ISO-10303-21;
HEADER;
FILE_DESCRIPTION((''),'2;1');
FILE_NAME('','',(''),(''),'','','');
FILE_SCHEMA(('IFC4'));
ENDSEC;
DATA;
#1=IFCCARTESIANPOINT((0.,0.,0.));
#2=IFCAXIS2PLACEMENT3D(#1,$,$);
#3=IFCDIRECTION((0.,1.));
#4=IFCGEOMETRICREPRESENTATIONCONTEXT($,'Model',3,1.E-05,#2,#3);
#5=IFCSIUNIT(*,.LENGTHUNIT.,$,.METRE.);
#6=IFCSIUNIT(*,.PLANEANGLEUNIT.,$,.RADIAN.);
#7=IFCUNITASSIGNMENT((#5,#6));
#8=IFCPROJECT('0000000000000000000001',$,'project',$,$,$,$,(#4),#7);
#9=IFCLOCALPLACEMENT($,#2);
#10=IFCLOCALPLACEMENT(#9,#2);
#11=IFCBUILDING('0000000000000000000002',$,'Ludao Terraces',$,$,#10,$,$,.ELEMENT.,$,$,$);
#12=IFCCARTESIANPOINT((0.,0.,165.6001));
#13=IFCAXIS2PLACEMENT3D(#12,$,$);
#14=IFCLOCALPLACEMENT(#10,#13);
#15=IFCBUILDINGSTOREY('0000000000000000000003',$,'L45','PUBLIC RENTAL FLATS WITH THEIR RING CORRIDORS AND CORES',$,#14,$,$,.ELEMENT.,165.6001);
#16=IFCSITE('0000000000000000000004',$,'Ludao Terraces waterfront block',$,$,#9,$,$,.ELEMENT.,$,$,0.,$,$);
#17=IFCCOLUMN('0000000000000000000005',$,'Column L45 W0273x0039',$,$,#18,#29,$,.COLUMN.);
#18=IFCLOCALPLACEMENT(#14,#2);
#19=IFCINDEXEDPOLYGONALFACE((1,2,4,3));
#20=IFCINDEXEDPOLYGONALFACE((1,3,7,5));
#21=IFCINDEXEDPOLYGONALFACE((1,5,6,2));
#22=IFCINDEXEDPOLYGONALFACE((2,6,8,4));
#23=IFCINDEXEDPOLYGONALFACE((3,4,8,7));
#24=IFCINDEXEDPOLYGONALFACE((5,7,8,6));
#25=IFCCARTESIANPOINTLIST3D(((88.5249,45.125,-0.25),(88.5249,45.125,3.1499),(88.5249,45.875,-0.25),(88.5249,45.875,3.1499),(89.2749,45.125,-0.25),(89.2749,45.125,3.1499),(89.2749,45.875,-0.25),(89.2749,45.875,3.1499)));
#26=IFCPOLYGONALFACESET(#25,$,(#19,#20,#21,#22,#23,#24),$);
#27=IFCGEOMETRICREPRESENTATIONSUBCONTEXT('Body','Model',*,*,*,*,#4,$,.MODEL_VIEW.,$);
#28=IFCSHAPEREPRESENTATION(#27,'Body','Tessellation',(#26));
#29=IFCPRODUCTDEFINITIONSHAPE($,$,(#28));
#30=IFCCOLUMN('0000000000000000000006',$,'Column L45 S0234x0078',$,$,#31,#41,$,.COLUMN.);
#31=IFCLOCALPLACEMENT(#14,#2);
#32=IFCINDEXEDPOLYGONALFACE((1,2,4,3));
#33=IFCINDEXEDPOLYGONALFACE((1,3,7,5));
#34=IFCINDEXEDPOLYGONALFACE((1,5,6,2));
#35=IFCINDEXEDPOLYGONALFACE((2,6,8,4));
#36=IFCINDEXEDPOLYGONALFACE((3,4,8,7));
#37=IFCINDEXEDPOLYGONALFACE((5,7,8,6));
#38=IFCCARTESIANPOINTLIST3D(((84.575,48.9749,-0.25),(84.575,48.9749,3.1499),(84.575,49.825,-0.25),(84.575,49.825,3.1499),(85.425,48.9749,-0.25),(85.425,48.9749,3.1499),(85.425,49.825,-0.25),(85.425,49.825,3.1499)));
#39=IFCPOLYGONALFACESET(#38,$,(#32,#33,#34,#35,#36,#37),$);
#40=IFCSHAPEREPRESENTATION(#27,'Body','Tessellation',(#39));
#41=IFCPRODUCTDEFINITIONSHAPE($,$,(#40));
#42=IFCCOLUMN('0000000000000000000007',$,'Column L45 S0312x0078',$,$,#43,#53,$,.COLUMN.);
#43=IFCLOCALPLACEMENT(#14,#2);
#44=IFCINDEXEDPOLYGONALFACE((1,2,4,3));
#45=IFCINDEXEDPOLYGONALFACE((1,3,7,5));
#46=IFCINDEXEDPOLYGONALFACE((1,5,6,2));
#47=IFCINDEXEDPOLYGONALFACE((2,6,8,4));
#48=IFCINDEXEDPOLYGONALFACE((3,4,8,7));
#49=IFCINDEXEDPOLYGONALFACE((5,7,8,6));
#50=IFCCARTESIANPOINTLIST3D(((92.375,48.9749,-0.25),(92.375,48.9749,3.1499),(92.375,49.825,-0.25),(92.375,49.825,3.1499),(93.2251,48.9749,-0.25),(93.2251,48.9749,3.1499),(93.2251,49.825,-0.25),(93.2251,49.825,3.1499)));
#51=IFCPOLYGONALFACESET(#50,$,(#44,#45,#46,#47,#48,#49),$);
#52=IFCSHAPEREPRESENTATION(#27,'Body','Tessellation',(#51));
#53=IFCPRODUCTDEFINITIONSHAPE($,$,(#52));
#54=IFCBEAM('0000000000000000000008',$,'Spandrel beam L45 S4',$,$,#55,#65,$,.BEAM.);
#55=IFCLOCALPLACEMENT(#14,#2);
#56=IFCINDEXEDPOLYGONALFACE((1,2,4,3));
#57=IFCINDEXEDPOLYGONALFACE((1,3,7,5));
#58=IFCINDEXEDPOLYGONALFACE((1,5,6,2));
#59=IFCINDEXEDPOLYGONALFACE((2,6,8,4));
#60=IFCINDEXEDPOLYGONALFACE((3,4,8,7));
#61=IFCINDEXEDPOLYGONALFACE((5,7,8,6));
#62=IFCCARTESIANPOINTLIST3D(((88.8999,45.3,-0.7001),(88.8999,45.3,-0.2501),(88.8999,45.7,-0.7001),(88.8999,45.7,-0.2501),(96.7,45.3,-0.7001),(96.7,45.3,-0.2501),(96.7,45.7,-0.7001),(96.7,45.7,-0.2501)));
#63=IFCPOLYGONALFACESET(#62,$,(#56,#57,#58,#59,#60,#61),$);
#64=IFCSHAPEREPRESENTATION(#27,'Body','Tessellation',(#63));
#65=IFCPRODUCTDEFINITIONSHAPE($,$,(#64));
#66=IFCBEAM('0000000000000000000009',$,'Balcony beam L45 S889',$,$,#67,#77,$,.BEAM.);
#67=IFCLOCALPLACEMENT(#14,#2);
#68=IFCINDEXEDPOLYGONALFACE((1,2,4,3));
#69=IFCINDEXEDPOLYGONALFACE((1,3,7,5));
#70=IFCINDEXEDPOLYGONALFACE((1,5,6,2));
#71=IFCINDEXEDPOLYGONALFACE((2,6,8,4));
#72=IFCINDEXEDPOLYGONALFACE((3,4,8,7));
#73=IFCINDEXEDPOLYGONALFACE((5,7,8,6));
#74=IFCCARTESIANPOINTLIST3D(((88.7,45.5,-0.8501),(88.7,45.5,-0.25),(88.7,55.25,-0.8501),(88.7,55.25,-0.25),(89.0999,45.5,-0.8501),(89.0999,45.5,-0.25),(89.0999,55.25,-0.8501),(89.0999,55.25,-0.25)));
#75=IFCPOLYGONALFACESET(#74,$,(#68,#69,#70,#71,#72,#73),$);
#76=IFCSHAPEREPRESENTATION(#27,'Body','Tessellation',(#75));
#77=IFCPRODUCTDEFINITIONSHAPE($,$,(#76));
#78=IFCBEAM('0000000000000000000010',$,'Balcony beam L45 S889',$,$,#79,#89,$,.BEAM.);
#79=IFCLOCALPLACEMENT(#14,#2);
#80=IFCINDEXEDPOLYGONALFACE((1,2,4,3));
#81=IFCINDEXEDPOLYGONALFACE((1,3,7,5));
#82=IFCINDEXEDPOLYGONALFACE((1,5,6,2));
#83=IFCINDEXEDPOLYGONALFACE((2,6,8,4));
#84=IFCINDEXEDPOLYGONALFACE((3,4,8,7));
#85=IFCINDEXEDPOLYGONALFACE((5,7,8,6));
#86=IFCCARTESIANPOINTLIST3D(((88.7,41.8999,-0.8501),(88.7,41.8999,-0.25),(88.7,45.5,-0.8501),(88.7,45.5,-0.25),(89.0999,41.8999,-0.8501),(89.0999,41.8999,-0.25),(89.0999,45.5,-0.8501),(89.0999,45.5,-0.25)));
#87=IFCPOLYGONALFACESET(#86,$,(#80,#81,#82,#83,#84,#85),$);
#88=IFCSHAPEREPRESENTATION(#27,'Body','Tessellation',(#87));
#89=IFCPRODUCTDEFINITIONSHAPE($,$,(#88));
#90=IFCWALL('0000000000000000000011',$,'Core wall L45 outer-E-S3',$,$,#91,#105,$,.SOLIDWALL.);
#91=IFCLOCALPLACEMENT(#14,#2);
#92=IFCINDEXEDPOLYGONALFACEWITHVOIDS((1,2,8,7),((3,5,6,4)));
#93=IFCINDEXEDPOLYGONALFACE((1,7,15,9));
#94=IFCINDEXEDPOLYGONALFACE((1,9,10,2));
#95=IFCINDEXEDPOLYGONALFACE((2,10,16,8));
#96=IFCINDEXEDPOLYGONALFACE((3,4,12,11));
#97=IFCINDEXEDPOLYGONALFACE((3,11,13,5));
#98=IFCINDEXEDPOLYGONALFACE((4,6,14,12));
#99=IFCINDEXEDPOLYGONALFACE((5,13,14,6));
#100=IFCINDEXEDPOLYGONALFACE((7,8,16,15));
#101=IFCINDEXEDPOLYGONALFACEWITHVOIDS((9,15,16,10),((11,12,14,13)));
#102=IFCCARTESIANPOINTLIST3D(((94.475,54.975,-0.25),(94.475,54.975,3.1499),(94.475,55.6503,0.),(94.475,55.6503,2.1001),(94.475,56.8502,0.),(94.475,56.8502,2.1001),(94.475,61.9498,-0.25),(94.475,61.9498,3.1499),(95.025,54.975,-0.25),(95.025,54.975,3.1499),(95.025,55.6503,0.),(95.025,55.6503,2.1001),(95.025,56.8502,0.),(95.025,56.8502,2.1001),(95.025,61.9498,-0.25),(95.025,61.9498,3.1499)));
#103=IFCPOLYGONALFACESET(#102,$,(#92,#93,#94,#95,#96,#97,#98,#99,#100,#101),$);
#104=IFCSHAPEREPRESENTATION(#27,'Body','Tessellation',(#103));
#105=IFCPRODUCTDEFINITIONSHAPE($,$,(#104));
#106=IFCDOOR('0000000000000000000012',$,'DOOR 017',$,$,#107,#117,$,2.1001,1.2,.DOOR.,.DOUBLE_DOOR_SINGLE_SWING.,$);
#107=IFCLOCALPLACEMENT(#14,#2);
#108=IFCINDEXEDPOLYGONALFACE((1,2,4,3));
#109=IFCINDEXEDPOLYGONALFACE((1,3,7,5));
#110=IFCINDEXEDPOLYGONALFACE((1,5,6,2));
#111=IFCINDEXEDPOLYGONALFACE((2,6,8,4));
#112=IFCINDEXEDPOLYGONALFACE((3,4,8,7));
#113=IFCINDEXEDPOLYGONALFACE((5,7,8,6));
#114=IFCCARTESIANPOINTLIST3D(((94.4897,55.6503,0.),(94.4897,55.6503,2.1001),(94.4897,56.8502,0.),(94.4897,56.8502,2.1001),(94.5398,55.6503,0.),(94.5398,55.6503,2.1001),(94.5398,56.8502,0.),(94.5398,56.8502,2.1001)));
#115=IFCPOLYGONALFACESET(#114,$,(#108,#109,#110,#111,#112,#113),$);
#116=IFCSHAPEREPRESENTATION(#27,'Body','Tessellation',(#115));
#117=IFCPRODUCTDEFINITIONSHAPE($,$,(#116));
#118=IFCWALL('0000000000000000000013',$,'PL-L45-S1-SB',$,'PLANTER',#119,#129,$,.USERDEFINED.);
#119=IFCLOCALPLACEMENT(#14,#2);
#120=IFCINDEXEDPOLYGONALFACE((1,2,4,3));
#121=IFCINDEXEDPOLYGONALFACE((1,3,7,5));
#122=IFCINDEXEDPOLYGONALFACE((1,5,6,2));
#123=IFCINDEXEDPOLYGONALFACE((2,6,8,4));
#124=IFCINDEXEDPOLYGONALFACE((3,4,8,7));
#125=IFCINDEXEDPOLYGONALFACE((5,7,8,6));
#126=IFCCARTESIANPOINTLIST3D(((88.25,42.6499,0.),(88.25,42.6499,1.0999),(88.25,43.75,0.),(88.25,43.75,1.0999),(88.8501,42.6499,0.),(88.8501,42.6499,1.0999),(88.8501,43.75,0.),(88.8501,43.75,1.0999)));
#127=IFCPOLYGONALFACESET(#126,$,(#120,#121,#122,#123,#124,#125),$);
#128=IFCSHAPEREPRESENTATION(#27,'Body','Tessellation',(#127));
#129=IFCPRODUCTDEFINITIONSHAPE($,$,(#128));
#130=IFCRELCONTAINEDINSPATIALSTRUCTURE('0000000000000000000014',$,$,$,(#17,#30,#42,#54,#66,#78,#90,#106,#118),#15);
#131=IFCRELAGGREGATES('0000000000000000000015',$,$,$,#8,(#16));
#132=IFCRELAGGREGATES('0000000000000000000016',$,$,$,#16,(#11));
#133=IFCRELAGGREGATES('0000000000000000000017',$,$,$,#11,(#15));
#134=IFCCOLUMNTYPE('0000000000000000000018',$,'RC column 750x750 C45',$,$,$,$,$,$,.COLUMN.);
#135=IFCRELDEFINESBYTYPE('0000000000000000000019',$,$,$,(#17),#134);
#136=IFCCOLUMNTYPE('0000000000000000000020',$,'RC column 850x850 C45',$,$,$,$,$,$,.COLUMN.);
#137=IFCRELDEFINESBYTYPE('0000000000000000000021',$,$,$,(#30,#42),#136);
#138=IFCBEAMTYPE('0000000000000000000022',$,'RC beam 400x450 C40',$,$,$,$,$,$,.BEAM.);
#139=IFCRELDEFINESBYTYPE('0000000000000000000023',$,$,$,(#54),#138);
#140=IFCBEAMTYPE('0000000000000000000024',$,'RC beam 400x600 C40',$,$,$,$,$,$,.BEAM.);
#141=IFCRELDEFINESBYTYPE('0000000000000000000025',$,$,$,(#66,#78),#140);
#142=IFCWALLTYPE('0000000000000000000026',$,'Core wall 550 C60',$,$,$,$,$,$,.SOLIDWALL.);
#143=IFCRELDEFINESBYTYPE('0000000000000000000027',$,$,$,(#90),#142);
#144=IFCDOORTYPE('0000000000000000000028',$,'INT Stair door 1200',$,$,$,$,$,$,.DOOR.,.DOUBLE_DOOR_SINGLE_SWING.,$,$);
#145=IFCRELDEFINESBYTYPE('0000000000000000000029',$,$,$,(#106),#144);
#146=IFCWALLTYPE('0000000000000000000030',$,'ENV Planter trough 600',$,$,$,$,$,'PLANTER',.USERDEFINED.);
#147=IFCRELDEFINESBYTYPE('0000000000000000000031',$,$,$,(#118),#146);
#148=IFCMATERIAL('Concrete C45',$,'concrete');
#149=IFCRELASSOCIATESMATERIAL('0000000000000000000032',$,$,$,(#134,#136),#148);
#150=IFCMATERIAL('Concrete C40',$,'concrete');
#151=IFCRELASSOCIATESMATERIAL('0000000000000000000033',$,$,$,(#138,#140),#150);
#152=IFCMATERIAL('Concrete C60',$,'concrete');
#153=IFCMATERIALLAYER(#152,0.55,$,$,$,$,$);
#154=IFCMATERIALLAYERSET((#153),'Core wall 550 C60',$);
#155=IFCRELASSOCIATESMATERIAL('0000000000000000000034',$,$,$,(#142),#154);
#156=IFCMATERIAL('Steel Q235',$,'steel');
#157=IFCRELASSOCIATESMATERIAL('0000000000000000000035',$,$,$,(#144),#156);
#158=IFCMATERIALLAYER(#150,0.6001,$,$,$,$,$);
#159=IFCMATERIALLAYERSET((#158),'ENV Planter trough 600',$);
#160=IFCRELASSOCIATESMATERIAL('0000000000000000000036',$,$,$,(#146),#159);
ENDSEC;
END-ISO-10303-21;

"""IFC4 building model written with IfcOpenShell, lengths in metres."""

from ifc_helpers import new_model, si_unit, direction, frame, frame_2d, origin, origin_2d, place, context, subcontext, project, spatial, rectangle, extrude, material, layer, layer_set, material_profile, profile_set, type_object, element, fill, save


model = new_model("IFC4")

# Units and contexts
model_context = context("Model", 3, precision=1e-05, world=origin(), true_north=direction((0.0, 1.0)))
body_context = subcontext(model_context, "Body", "Model", "MODEL_VIEW")
ifc_project = project(units=[si_unit("LENGTHUNIT", "METRE"), si_unit("PLANEANGLEUNIT", "RADIAN")], contexts=[model_context])

# Site, building, storey
site_placement = place(None, origin())
site = spatial("IfcSite", under=ifc_project, at=site_placement, Name="Ludao Terraces waterfront block", CompositionType="ELEMENT", RefElevation=0.0)
building_placement = place(site_placement, origin())
building = spatial("IfcBuilding", under=site, at=building_placement, Name="Ludao Terraces", CompositionType="ELEMENT")
storey_placement = place(building_placement, frame((0.0, 0.0, 165.6001)))
storey = spatial("IfcBuildingStorey", under=building, at=storey_placement, Name="L45", Description="PUBLIC RENTAL FLATS WITH THEIR RING CORRIDORS AND CORES", CompositionType="ELEMENT", Elevation=165.6001)

# Columns
ifc_material_1 = material(Name="Concrete C45", Category="concrete")
ifc_material_profile_1 = material_profile(ifc_material_1, rectangle(XDim=0.75, YDim=0.75, at=origin_2d()), Name="750 X 750")
ifc_profile_set_1 = profile_set([ifc_material_profile_1], Name="Concrete C45")
column_type_1 = type_object("IfcColumnType", Name="RC column 750x750 C45", PredefinedType="COLUMN", material=ifc_profile_set_1)
column_placement = place(storey_placement, frame((88.8999, 45.5, -0.25), z_axis=(0.0, 0.0, 1.0), x_axis=(1.0, 0.0, 0.0)))
element("IfcColumn", 1, at=column_placement, inside=storey, type_object=column_type_1, Name="Column L45 W0273x0039", PredefinedType="COLUMN", context=body_context, shape_type="SweptSolid", body=[
    extrude(rectangle(XDim=0.75, YDim=0.75, at=origin_2d()), origin(), (0.0, 0.0, 1.0), 3.3999),
])
ifc_material_profile_2 = material_profile(ifc_material_1, rectangle(XDim=0.8501, YDim=0.8501, at=origin_2d()), Name="850 X 850")
ifc_profile_set_2 = profile_set([ifc_material_profile_2], Name="Concrete C45")
column_type_2 = type_object("IfcColumnType", Name="RC column 850x850 C45", PredefinedType="COLUMN", material=ifc_profile_set_2)
for number, where, z_axis, x_axis, name in (
    (2, (85.0, 49.3999, -0.25), (0.0, 0.0, 1.0), (1.0, 0.0, 0.0), "Column L45 S0234x0078"),
    (3, (92.8, 49.3999, -0.25), (0.0, 0.0, 1.0), (1.0, 0.0, 0.0), "Column L45 S0312x0078"),
):
    element("IfcColumn", number, at=place(storey_placement, frame(where, z_axis=z_axis, x_axis=x_axis)), inside=storey, type_object=column_type_2, Name=name, PredefinedType="COLUMN", context=body_context, shape_type="SweptSolid", body=[
        extrude(rectangle(XDim=0.8501, YDim=0.8501, at=origin_2d()), origin(), (0.0, 0.0, 1.0), 3.3999),
    ])

# Beams
ifc_material_2 = material(Name="Concrete C40", Category="concrete")
ifc_material_profile_3 = material_profile(ifc_material_2, rectangle(XDim=0.3999, YDim=0.45, at=origin_2d()), Name="400 X 450")
ifc_profile_set_3 = profile_set([ifc_material_profile_3], Name="Concrete C40")
beam_type_1 = type_object("IfcBeamType", Name="RC beam 400x450 C40", PredefinedType="BEAM", material=ifc_profile_set_3)
beam_1_placement = place(storey_placement, frame((88.8999, 45.5, -0.4751), z_axis=(1.0, 0.0, 0.0), x_axis=(0.0, 1.0, 0.0)))
element("IfcBeam", 4, at=beam_1_placement, inside=storey, type_object=beam_type_1, Name="Spandrel beam L45 S4", PredefinedType="BEAM", context=body_context, shape_type="SweptSolid", body=[
    extrude(rectangle(XDim=0.3999, YDim=0.45, at=origin_2d()), origin(), (0.0, 0.0, 1.0), 7.8),
])
ifc_material_profile_4 = material_profile(ifc_material_2, rectangle(XDim=0.3999, YDim=0.6001, at=origin_2d()), Name="400 X 600")
ifc_profile_set_4 = profile_set([ifc_material_profile_4], Name="Concrete C40")
beam_type_2 = type_object("IfcBeamType", Name="RC beam 400x600 C40", PredefinedType="BEAM", material=ifc_profile_set_4)
beam_2_placement = place(storey_placement, frame((88.8999, 55.25, -0.55), z_axis=(0.0, -1.0, 0.0), x_axis=(1.0, 0.0, 0.0)))
element("IfcBeam", 5, at=beam_2_placement, inside=storey, type_object=beam_type_2, Name="Balcony beam L45 S889", PredefinedType="BEAM", context=body_context, shape_type="SweptSolid", body=[
    extrude(rectangle(XDim=0.3999, YDim=0.6001, at=origin_2d()), origin(), (0.0, 0.0, 1.0), 9.75),
])
beam_3_placement = place(storey_placement, frame((88.8999, 45.5, -0.55), z_axis=(0.0, -1.0, 0.0), x_axis=(1.0, 0.0, 0.0)))
element("IfcBeam", 6, at=beam_3_placement, inside=storey, type_object=beam_type_2, Name="Balcony beam L45 S889", PredefinedType="BEAM", context=body_context, shape_type="SweptSolid", body=[
    extrude(rectangle(XDim=0.3999, YDim=0.6001, at=origin_2d()), origin(), (0.0, 0.0, 1.0), 3.6001),
])

# Wall, opening, door
ifc_material_3 = material(Name="Concrete C60", Category="concrete")
ifc_layer_1 = layer(ifc_material_3, 0.55)
ifc_layer_set_1 = layer_set([ifc_layer_1], Name="Core wall 550 C60")
wall_type_1 = type_object("IfcWallType", Name="Core wall 550 C60", PredefinedType="SOLIDWALL", material=ifc_layer_set_1)
wall_1_placement = place(storey_placement, frame((94.75, 54.9751, -0.25), z_axis=(0.0, 0.0, 1.0), x_axis=(0.0, 1.0, 0.0)))
wall_1 = element("IfcWall", 7, at=wall_1_placement, inside=storey, type_object=wall_type_1, Name="Core wall L45 outer-E-S3", PredefinedType="SOLIDWALL", context=body_context, shape_type="SweptSolid", body=[
    extrude(rectangle(XDim=6.9749, YDim=0.55, at=frame_2d((3.4873, 0.0))), origin(), (0.0, 0.0, 1.0), 3.3999),
])
opening_1_placement = place(wall_1_placement, frame((0.675, 0.0, 0.25)))
opening_1 = element("IfcOpeningElement", 8, at=opening_1_placement, cuts=wall_1, PredefinedType="OPENING", context=body_context, shape_type="SweptSolid", body=[
    extrude(rectangle(XDim=1.2, YDim=2.1001, at=frame_2d((0.6001, 1.05))), frame((0.0, 0.2852, 0.0), z_axis=(0.0, -1.0, 0.0), x_axis=(1.0, 0.0, 0.0)), (0.0, 0.0, 1.0), 0.5701),
])
ifc_material_4 = material(Name="Steel Q235", Category="steel")
door_type_1 = type_object("IfcDoorType", Name="INT Stair door 1200", OperationType="DOUBLE_DOOR_SINGLE_SWING", PredefinedType="DOOR", material=ifc_material_4)
door_1_placement = place(opening_1_placement, origin())
door_1 = element("IfcDoor", 9, at=door_1_placement, inside=storey, type_object=door_type_1, Name="DOOR 017", OperationType="DOUBLE_DOOR_SINGLE_SWING", OverallHeight=2.1001, OverallWidth=1.2, PredefinedType="DOOR", context=body_context, shape_type="SweptSolid", body=[
    extrude(rectangle(XDim=1.2, YDim=2.1001, at=frame_2d((0.6001, 1.05))), frame((0.0, 0.2603, 0.0), z_axis=(0.0, -1.0, 0.0), x_axis=(1.0, 0.0, 0.0)), (0.0, 0.0, 1.0), 0.05),
])
fill(opening_1, door_1)

# Wall
ifc_layer_2 = layer(ifc_material_2, 0.6001)
ifc_layer_set_2 = layer_set([ifc_layer_2], Name="ENV Planter trough 600")
wall_type_2 = type_object("IfcWallType", Name="ENV Planter trough 600", ElementType="PLANTER", PredefinedType="USERDEFINED", material=ifc_layer_set_2)
wall_2_placement = place(storey_placement, frame((88.55, 42.6499, 0.0), z_axis=(0.0, 0.0, 1.0), x_axis=(0.0, 1.0, 0.0)))
element("IfcWall", 10, at=wall_2_placement, inside=storey, type_object=wall_type_2, Name="PL-L45-S1-SB", ObjectType="PLANTER", PredefinedType="USERDEFINED", context=body_context, shape_type="SweptSolid", body=[
    extrude(rectangle(XDim=1.1001, YDim=0.6001, at=frame_2d((0.55, 0.0))), origin(), (0.0, 0.0, 1.0), 1.0999),
])

save(model, "model.ifc")
